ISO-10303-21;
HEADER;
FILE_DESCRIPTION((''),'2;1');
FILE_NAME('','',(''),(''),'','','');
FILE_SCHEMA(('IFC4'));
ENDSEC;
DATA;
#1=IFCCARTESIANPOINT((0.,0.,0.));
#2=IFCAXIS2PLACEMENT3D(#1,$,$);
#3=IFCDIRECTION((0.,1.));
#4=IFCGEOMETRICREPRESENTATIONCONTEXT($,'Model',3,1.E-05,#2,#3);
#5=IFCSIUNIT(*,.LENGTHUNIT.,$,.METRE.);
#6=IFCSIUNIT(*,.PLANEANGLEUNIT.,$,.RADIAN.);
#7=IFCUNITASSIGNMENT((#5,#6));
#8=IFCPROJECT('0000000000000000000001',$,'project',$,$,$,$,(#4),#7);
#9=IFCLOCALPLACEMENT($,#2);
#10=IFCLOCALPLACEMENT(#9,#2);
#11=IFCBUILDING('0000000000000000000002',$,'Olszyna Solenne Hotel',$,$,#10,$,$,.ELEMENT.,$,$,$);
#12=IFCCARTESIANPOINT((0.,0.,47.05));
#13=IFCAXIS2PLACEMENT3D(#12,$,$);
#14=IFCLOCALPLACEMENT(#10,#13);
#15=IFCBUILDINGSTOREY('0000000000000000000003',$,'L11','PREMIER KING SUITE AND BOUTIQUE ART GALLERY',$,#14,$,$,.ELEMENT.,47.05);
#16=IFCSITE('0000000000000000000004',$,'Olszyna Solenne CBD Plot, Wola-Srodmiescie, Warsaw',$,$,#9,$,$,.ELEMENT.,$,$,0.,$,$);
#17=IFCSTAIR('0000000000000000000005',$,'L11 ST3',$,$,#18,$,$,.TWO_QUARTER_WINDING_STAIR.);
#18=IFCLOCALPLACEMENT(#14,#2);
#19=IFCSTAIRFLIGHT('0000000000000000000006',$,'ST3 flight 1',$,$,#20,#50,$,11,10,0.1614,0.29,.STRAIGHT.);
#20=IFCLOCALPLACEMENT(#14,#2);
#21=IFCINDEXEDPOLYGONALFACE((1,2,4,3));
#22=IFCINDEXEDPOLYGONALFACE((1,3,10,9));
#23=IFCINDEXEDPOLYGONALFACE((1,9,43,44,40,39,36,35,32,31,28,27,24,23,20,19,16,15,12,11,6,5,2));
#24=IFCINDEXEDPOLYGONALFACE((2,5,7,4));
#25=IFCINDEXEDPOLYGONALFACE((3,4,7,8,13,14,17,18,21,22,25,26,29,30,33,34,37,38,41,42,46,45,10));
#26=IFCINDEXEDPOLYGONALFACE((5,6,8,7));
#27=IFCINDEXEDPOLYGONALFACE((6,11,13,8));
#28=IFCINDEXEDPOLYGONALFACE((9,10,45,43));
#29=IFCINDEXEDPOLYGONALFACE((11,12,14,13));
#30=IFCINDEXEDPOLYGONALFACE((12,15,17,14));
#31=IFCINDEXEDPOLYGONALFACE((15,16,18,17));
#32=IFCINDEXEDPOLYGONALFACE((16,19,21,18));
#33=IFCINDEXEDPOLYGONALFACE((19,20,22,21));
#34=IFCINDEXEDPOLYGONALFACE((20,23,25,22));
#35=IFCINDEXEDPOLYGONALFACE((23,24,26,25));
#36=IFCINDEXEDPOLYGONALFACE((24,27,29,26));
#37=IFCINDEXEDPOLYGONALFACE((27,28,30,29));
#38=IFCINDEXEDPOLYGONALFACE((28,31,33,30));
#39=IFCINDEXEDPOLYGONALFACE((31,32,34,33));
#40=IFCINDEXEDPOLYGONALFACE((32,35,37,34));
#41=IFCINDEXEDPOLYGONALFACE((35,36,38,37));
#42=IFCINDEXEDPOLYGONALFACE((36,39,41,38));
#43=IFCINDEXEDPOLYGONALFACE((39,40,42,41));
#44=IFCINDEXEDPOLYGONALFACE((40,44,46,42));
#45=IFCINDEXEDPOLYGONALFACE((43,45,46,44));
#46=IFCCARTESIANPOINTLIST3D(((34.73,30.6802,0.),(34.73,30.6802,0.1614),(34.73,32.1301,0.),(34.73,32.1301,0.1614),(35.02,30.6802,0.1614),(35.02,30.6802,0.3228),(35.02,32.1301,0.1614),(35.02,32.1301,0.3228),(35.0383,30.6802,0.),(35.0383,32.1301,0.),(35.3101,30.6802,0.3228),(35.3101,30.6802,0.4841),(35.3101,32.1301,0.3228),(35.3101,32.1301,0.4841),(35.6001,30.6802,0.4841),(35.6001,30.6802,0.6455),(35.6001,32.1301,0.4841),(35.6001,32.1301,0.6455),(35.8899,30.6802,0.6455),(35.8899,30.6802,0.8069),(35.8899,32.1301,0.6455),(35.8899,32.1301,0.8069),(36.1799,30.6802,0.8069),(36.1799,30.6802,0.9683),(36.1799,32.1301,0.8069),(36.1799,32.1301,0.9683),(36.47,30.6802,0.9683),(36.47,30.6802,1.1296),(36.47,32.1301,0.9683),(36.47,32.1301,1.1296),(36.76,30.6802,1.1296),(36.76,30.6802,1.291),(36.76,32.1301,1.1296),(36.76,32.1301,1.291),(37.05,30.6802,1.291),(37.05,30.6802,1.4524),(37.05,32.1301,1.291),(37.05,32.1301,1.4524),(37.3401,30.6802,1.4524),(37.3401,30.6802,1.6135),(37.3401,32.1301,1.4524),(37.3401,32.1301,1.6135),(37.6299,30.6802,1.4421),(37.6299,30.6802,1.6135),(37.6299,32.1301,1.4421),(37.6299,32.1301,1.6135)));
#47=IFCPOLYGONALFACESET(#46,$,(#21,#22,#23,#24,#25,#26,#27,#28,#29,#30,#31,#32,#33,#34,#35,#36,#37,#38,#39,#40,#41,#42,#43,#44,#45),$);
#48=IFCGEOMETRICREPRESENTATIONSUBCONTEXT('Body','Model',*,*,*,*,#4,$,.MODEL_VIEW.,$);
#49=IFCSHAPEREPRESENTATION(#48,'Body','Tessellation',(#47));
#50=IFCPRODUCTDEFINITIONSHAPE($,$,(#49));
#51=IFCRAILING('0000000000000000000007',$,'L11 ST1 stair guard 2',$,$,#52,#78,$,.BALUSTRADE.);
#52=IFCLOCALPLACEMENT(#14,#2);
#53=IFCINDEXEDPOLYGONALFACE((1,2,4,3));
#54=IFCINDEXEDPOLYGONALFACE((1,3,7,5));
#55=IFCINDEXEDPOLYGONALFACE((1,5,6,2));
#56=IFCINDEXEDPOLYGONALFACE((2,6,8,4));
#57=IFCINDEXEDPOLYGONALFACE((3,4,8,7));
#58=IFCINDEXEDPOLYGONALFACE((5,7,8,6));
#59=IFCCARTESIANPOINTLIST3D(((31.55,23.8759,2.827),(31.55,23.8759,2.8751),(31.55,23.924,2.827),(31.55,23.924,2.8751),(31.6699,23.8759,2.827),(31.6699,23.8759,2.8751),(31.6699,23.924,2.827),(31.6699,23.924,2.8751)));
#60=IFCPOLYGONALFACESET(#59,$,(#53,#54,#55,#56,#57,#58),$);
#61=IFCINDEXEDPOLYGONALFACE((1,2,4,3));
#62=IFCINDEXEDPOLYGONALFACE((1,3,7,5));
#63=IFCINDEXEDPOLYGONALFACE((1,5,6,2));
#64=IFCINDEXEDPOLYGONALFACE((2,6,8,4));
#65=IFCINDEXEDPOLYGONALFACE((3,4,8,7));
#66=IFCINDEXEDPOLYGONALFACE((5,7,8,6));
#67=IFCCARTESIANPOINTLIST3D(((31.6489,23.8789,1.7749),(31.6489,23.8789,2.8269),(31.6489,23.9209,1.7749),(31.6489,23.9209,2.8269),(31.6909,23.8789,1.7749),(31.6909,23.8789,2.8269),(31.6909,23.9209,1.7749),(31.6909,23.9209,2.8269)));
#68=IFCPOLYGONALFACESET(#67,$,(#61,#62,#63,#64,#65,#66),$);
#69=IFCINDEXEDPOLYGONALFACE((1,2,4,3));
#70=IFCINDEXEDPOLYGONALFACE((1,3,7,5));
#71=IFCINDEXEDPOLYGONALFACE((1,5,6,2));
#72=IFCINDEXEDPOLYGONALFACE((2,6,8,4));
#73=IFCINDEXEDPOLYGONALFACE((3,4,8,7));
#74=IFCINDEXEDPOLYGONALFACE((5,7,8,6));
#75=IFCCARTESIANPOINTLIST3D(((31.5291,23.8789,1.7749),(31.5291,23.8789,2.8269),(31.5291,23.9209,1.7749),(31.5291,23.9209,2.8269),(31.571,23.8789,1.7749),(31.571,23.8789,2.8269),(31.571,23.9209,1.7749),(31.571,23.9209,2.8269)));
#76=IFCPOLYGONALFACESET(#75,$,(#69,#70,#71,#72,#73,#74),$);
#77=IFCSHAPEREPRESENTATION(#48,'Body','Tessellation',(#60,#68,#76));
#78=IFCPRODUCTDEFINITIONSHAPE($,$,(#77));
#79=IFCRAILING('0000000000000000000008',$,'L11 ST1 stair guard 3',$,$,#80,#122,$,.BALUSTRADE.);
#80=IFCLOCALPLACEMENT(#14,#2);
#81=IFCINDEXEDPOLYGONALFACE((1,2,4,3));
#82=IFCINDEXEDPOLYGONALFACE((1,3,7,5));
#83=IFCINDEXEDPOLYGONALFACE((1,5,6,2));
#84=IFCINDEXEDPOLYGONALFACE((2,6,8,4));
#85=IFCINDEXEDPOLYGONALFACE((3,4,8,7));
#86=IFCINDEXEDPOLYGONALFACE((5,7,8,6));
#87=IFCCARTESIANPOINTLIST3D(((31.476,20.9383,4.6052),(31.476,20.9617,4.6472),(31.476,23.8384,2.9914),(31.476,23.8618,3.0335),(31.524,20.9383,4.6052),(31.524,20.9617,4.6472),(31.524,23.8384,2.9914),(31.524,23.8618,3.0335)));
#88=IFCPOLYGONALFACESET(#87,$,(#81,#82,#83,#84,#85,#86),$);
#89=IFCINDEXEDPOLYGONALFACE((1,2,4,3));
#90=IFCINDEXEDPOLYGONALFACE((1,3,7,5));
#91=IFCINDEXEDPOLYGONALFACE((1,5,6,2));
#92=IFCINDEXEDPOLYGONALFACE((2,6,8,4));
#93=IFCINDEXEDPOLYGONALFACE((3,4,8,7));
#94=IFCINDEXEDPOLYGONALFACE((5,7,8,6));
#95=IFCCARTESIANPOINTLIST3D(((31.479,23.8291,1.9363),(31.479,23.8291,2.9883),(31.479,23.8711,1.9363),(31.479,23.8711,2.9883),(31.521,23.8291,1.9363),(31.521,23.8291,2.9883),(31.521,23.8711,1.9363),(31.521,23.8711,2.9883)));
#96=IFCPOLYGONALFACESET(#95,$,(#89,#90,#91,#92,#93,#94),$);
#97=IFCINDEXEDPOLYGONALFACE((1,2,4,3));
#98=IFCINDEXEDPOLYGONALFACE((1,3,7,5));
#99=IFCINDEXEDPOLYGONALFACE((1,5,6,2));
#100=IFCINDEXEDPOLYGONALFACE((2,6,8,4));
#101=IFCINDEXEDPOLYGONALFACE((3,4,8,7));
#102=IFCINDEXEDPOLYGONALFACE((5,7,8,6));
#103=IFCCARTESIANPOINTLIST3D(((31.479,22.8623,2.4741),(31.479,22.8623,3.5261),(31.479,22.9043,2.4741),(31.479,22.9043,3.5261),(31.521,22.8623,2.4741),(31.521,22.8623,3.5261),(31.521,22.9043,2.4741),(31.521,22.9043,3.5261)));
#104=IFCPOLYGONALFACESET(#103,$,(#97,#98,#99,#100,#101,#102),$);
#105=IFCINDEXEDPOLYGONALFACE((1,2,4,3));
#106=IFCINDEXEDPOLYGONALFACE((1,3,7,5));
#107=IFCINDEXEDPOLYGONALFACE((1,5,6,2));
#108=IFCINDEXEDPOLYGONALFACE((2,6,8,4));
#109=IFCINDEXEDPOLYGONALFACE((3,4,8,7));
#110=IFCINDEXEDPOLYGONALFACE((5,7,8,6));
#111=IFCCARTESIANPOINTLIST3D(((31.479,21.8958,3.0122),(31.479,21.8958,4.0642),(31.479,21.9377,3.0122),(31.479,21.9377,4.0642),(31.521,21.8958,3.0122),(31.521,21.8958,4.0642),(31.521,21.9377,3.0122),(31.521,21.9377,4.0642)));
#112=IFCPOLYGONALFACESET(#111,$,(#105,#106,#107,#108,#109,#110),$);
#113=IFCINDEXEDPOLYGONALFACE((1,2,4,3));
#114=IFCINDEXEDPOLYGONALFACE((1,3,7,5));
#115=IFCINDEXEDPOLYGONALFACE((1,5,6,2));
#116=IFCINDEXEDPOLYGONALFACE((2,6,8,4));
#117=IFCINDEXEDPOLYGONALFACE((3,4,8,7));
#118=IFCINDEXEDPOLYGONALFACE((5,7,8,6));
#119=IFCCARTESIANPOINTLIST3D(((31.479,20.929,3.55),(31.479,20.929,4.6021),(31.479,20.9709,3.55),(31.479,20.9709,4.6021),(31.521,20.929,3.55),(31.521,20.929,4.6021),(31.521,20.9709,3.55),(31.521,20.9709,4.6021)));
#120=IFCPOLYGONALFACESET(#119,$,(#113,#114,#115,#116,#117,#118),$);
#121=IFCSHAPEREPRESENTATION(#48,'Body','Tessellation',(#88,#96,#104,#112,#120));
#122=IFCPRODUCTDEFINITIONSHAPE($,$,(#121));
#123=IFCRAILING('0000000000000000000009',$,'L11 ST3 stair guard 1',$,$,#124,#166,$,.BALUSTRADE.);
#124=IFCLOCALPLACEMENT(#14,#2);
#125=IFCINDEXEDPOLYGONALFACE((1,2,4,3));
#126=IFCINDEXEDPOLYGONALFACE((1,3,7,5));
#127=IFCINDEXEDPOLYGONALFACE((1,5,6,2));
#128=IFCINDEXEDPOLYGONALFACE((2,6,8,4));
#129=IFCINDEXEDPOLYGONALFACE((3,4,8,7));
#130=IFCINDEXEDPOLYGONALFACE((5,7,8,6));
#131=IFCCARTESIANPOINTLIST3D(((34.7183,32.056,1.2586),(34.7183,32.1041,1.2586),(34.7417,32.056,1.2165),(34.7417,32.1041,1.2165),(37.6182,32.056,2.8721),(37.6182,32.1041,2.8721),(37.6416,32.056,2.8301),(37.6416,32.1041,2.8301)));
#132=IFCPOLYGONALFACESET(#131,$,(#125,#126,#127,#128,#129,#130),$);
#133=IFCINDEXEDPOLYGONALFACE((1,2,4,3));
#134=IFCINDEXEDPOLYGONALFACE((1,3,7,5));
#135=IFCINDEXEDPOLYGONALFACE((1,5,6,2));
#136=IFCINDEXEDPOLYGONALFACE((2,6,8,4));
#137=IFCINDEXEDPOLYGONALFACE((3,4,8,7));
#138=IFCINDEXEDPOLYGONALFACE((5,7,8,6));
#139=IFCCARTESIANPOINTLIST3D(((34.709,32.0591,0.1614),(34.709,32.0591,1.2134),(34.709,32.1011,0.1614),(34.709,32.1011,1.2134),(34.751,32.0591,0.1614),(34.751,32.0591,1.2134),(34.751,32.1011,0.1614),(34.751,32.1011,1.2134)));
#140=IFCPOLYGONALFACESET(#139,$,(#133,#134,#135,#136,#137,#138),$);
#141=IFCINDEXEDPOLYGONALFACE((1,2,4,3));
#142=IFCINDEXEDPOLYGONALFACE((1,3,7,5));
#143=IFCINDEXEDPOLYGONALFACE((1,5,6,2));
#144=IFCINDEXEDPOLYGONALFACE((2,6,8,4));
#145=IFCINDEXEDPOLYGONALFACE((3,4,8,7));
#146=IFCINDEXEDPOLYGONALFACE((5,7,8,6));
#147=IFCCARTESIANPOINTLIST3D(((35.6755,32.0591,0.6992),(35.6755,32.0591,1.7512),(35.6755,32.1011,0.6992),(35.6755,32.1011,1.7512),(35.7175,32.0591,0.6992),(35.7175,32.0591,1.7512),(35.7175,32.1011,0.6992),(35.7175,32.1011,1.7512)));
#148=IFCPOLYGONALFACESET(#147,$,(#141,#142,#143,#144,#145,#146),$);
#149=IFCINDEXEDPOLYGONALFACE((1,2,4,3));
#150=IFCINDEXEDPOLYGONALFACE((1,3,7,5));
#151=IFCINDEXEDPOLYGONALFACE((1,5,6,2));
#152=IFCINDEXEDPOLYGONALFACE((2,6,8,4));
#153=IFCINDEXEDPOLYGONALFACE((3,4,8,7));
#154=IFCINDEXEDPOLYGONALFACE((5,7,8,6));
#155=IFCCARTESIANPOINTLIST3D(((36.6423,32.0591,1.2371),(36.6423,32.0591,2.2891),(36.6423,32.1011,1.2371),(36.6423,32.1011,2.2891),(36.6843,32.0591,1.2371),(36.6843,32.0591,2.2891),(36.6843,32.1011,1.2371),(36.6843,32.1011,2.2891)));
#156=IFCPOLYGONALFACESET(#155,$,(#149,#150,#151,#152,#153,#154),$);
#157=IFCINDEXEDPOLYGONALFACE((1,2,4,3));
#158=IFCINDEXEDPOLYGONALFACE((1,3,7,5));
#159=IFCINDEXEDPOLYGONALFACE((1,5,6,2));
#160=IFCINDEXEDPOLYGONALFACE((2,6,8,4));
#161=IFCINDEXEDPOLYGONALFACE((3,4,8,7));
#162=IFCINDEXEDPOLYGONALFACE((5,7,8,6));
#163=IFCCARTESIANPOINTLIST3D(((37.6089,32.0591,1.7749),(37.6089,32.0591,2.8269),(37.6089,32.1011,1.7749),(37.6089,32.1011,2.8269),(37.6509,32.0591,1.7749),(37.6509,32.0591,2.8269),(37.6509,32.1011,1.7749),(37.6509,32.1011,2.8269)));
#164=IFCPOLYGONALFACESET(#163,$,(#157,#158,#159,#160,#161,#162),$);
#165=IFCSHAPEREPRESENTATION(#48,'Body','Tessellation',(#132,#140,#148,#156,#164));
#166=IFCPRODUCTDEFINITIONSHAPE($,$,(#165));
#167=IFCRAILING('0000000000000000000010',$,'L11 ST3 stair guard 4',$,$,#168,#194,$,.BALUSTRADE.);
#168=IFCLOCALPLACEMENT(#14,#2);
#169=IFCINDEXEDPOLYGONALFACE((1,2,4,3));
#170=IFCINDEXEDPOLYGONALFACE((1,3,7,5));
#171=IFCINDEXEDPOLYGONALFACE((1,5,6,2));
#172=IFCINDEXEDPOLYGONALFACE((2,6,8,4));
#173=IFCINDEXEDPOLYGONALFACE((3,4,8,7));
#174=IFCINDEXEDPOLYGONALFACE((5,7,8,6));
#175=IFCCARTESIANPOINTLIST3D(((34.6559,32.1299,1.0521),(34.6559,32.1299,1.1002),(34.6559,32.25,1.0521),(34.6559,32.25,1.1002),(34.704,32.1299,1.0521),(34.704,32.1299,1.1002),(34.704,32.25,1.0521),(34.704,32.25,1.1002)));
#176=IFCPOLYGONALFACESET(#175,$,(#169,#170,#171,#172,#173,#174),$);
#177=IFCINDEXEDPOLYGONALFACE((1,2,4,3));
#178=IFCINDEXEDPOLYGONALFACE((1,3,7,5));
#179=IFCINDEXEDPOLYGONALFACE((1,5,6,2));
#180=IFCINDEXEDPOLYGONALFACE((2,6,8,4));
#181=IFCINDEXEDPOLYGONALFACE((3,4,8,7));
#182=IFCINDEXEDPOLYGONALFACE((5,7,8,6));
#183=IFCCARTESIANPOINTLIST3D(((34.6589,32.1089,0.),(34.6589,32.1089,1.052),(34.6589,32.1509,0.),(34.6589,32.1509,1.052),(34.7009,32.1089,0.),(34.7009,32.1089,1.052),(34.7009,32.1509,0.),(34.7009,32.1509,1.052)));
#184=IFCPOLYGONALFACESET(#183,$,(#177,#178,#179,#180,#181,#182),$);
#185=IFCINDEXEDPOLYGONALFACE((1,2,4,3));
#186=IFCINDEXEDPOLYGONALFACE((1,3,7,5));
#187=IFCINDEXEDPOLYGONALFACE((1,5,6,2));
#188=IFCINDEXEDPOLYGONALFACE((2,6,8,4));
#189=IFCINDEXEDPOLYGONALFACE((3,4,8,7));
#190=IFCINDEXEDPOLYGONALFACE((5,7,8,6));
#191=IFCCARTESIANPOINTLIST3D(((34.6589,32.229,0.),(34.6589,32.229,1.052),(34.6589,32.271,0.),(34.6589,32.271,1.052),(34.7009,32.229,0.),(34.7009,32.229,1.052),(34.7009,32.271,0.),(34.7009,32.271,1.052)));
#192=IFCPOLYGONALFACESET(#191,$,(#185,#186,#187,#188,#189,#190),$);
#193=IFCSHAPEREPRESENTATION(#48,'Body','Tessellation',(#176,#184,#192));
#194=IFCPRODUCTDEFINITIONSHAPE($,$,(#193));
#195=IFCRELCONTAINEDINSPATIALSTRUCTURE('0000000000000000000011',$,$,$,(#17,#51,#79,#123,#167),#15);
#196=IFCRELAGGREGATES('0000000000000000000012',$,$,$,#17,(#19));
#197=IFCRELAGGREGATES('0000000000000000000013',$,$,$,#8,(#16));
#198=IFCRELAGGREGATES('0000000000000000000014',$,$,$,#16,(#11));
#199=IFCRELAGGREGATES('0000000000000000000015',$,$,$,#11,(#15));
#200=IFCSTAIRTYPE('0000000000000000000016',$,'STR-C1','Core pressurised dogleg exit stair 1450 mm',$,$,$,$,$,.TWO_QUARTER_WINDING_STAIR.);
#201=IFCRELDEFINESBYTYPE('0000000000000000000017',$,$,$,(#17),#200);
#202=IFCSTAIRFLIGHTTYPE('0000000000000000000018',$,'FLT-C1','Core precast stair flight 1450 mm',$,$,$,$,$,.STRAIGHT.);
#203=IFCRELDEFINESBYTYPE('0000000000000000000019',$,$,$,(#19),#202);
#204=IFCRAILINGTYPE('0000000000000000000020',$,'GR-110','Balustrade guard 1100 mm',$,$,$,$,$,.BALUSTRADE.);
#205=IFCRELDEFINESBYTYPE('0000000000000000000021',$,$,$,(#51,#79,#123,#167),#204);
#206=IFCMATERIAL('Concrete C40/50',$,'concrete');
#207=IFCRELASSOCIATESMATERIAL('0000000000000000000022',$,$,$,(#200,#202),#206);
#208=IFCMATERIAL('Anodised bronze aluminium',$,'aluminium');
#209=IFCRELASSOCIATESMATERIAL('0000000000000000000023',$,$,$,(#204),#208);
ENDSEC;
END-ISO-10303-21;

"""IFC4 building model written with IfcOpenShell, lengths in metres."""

from ifc_helpers import new_model, si_unit, direction, frame, origin, origin_2d, place, context, subcontext, project, spatial, polyline, rectangle, outline, extrude, material, type_object, element, aggregate, save


model = new_model("IFC4")

# Units and contexts
model_context = context("Model", 3, precision=1e-05, world=origin(), true_north=direction((0.0, 1.0)))
body_context = subcontext(model_context, "Body", "Model", "MODEL_VIEW")
ifc_project = project(units=[si_unit("LENGTHUNIT", "METRE"), si_unit("PLANEANGLEUNIT", "RADIAN")], contexts=[model_context])

# Site, building, storey
site_placement = place(None, origin())
site = spatial("IfcSite", under=ifc_project, at=site_placement, Name="Olszyna Solenne CBD Plot, Wola-Srodmiescie, Warsaw", CompositionType="ELEMENT", RefElevation=0.0)
building_placement = place(site_placement, origin())
building = spatial("IfcBuilding", under=site, at=building_placement, Name="Olszyna Solenne Hotel", CompositionType="ELEMENT")
storey_placement = place(building_placement, frame((0.0, 0.0, 47.05)))
storey = spatial("IfcBuildingStorey", under=building, at=storey_placement, Name="L11", Description="PREMIER KING SUITE AND BOUTIQUE ART GALLERY", CompositionType="ELEMENT", Elevation=47.05)

# Shared definitions
ifc_material_1 = material(Name="Anodised bronze aluminium", Category="aluminium")

# Stair, stair flight
ifc_material_2 = material(Name="Concrete C40/50", Category="concrete")
stair_type = type_object("IfcStairType", Name="STR-C1", Description="Core pressurised dogleg exit stair 1450 mm", PredefinedType="TWO_QUARTER_WINDING_STAIR", material=ifc_material_2)
stair_placement = place(storey_placement, origin())
stair = element("IfcStair", 1, at=stair_placement, inside=storey, type_object=stair_type, Name="L11 ST3", PredefinedType="TWO_QUARTER_WINDING_STAIR")
stair_flight_type = type_object("IfcStairFlightType", Name="FLT-C1", Description="Core precast stair flight 1450 mm", PredefinedType="STRAIGHT", material=ifc_material_2)
stair_flight_placement = place(storey_placement, frame((34.73, 31.405, 0.0), z_axis=(0.0, 0.0, 1.0), x_axis=(1.0, 0.0, 0.0)))
stair_flight = element("IfcStairFlight", 2, at=stair_flight_placement, type_object=stair_flight_type, Name="ST3 flight 1", NumberOfRisers=11, NumberOfTreads=10, PredefinedType="STRAIGHT", RiserHeight=0.1614, TreadLength=0.29, context=body_context, shape_type="SweptSolid", body=[
    extrude(outline(polyline([(0.0, 0.0), (0.0, 0.1614), (0.29, 0.1614), (0.29, 0.3228), (0.5801, 0.3228), (0.5801, 0.4841), (0.8701, 0.4841), (0.8701, 0.6455), (1.1599, 0.6455), (1.1599, 0.8069), (1.45, 0.8069), (1.45, 0.9683), (1.74, 0.9683), (1.74, 1.1296), (2.03, 1.1296), (2.03, 1.291), (2.3201, 1.291), (2.3201, 1.4524), (2.6101, 1.4524), (2.6101, 1.6135), (2.8999, 1.6135), (2.8999, 1.7749), (2.8999, 1.4421), (0.3083, 0.0), (0.0, 0.0)])), frame((0.0, 0.7251, 0.0), z_axis=(0.0, -1.0, 0.0), x_axis=(1.0, 0.0, 0.0)), (0.0, 0.0, 1.0), 1.45),
])
aggregate(stair, [stair_flight])

# Railings
railing_type_1 = type_object("IfcRailingType", Name="GR-110", Description="Balustrade guard 1100 mm", PredefinedType="BALUSTRADE", material=ifc_material_1)
railing_1_placement = place(storey_placement, frame((31.6699, 23.8999, 1.7749)))
element("IfcRailing", 3, at=railing_1_placement, inside=storey, type_object=railing_type_1, Name="L11 ST1 stair guard 2", PredefinedType="BALUSTRADE", context=body_context, shape_type="SweptSolid", body=[
    extrude(rectangle(XDim=0.0481, YDim=0.0481, at=origin_2d()), frame((0.0, 0.0, 1.0762), z_axis=(-1.0, 0.0, 0.0), x_axis=(0.0, -1.0, 0.0)), (0.0, 0.0, 1.0), 0.1199),
    extrude(rectangle(XDim=0.042, YDim=0.042, at=origin_2d()), origin(), (0.0, 0.0, 1.0), 1.052),
    extrude(rectangle(XDim=0.042, YDim=0.042, at=origin_2d()), frame((-0.1199, 0.0, 0.0)), (0.0, 0.0, 1.0), 1.052),
])
railing_2_placement = place(storey_placement, frame((31.5, 23.8501, 1.9363)))
element("IfcRailing", 4, at=railing_2_placement, inside=storey, type_object=railing_type_1, Name="L11 ST1 stair guard 3", PredefinedType="BALUSTRADE", context=body_context, shape_type="SweptSolid", body=[
    extrude(rectangle(XDim=0.0481, YDim=0.0481, at=origin_2d()), frame((0.0, 0.0, 1.0762), z_axis=(0.0, -0.873827, 0.486236), x_axis=(1.0, 0.0, 0.0)), (0.0, 0.0, 1.0), 3.3188),
    extrude(rectangle(XDim=0.042, YDim=0.042, at=origin_2d()), origin(), (0.0, 0.0, 1.0), 1.052),
    extrude(rectangle(XDim=0.042, YDim=0.042, at=origin_2d()), frame((0.0, -0.9668, 0.5378)), (0.0, 0.0, 1.0), 1.052),
    extrude(rectangle(XDim=0.042, YDim=0.042, at=origin_2d()), frame((0.0, -1.9333, 1.0759)), (0.0, 0.0, 1.0), 1.052),
    extrude(rectangle(XDim=0.042, YDim=0.042, at=origin_2d()), frame((0.0, -2.9001, 1.6138)), (0.0, 0.0, 1.0), 1.052),
])
railing_3_placement = place(storey_placement, frame((34.73, 32.0801, 0.1614)))
element("IfcRailing", 5, at=railing_3_placement, inside=storey, type_object=railing_type_1, Name="L11 ST3 stair guard 1", PredefinedType="BALUSTRADE", context=body_context, shape_type="SweptSolid", body=[
    extrude(rectangle(XDim=0.0481, YDim=0.0481, at=origin_2d()), frame((0.0, 0.0, 1.0762), z_axis=(0.873841, 0.0, 0.486211), x_axis=(0.0, 1.0, 0.0)), (0.0, 0.0, 1.0), 3.3186),
    extrude(rectangle(XDim=0.042, YDim=0.042, at=origin_2d()), origin(), (0.0, 0.0, 1.0), 1.052),
    extrude(rectangle(XDim=0.042, YDim=0.042, at=origin_2d()), frame((0.9666, 0.0, 0.5378)), (0.0, 0.0, 1.0), 1.052),
    extrude(rectangle(XDim=0.042, YDim=0.042, at=origin_2d()), frame((1.9333, 0.0, 1.0757)), (0.0, 0.0, 1.0), 1.052),
    extrude(rectangle(XDim=0.042, YDim=0.042, at=origin_2d()), frame((2.8999, 0.0, 1.6135)), (0.0, 0.0, 1.0), 1.052),
])
railing_4_placement = place(storey_placement, frame((34.6799, 32.1299, 0.0)))
element("IfcRailing", 6, at=railing_4_placement, inside=storey, type_object=railing_type_1, Name="L11 ST3 stair guard 4", PredefinedType="BALUSTRADE", context=body_context, shape_type="SweptSolid", body=[
    extrude(rectangle(XDim=0.0481, YDim=0.0481, at=origin_2d()), frame((0.0, 0.0, 1.0762), z_axis=(0.0, 1.0, 0.0), x_axis=(-1.0, 0.0, 0.0)), (0.0, 0.0, 1.0), 0.1201),
    extrude(rectangle(XDim=0.042, YDim=0.042, at=origin_2d()), origin(), (0.0, 0.0, 1.0), 1.052),
    extrude(rectangle(XDim=0.042, YDim=0.042, at=origin_2d()), frame((0.0, 0.1201, 0.0)), (0.0, 0.0, 1.0), 1.052),
])

save(model, "model.ifc")
